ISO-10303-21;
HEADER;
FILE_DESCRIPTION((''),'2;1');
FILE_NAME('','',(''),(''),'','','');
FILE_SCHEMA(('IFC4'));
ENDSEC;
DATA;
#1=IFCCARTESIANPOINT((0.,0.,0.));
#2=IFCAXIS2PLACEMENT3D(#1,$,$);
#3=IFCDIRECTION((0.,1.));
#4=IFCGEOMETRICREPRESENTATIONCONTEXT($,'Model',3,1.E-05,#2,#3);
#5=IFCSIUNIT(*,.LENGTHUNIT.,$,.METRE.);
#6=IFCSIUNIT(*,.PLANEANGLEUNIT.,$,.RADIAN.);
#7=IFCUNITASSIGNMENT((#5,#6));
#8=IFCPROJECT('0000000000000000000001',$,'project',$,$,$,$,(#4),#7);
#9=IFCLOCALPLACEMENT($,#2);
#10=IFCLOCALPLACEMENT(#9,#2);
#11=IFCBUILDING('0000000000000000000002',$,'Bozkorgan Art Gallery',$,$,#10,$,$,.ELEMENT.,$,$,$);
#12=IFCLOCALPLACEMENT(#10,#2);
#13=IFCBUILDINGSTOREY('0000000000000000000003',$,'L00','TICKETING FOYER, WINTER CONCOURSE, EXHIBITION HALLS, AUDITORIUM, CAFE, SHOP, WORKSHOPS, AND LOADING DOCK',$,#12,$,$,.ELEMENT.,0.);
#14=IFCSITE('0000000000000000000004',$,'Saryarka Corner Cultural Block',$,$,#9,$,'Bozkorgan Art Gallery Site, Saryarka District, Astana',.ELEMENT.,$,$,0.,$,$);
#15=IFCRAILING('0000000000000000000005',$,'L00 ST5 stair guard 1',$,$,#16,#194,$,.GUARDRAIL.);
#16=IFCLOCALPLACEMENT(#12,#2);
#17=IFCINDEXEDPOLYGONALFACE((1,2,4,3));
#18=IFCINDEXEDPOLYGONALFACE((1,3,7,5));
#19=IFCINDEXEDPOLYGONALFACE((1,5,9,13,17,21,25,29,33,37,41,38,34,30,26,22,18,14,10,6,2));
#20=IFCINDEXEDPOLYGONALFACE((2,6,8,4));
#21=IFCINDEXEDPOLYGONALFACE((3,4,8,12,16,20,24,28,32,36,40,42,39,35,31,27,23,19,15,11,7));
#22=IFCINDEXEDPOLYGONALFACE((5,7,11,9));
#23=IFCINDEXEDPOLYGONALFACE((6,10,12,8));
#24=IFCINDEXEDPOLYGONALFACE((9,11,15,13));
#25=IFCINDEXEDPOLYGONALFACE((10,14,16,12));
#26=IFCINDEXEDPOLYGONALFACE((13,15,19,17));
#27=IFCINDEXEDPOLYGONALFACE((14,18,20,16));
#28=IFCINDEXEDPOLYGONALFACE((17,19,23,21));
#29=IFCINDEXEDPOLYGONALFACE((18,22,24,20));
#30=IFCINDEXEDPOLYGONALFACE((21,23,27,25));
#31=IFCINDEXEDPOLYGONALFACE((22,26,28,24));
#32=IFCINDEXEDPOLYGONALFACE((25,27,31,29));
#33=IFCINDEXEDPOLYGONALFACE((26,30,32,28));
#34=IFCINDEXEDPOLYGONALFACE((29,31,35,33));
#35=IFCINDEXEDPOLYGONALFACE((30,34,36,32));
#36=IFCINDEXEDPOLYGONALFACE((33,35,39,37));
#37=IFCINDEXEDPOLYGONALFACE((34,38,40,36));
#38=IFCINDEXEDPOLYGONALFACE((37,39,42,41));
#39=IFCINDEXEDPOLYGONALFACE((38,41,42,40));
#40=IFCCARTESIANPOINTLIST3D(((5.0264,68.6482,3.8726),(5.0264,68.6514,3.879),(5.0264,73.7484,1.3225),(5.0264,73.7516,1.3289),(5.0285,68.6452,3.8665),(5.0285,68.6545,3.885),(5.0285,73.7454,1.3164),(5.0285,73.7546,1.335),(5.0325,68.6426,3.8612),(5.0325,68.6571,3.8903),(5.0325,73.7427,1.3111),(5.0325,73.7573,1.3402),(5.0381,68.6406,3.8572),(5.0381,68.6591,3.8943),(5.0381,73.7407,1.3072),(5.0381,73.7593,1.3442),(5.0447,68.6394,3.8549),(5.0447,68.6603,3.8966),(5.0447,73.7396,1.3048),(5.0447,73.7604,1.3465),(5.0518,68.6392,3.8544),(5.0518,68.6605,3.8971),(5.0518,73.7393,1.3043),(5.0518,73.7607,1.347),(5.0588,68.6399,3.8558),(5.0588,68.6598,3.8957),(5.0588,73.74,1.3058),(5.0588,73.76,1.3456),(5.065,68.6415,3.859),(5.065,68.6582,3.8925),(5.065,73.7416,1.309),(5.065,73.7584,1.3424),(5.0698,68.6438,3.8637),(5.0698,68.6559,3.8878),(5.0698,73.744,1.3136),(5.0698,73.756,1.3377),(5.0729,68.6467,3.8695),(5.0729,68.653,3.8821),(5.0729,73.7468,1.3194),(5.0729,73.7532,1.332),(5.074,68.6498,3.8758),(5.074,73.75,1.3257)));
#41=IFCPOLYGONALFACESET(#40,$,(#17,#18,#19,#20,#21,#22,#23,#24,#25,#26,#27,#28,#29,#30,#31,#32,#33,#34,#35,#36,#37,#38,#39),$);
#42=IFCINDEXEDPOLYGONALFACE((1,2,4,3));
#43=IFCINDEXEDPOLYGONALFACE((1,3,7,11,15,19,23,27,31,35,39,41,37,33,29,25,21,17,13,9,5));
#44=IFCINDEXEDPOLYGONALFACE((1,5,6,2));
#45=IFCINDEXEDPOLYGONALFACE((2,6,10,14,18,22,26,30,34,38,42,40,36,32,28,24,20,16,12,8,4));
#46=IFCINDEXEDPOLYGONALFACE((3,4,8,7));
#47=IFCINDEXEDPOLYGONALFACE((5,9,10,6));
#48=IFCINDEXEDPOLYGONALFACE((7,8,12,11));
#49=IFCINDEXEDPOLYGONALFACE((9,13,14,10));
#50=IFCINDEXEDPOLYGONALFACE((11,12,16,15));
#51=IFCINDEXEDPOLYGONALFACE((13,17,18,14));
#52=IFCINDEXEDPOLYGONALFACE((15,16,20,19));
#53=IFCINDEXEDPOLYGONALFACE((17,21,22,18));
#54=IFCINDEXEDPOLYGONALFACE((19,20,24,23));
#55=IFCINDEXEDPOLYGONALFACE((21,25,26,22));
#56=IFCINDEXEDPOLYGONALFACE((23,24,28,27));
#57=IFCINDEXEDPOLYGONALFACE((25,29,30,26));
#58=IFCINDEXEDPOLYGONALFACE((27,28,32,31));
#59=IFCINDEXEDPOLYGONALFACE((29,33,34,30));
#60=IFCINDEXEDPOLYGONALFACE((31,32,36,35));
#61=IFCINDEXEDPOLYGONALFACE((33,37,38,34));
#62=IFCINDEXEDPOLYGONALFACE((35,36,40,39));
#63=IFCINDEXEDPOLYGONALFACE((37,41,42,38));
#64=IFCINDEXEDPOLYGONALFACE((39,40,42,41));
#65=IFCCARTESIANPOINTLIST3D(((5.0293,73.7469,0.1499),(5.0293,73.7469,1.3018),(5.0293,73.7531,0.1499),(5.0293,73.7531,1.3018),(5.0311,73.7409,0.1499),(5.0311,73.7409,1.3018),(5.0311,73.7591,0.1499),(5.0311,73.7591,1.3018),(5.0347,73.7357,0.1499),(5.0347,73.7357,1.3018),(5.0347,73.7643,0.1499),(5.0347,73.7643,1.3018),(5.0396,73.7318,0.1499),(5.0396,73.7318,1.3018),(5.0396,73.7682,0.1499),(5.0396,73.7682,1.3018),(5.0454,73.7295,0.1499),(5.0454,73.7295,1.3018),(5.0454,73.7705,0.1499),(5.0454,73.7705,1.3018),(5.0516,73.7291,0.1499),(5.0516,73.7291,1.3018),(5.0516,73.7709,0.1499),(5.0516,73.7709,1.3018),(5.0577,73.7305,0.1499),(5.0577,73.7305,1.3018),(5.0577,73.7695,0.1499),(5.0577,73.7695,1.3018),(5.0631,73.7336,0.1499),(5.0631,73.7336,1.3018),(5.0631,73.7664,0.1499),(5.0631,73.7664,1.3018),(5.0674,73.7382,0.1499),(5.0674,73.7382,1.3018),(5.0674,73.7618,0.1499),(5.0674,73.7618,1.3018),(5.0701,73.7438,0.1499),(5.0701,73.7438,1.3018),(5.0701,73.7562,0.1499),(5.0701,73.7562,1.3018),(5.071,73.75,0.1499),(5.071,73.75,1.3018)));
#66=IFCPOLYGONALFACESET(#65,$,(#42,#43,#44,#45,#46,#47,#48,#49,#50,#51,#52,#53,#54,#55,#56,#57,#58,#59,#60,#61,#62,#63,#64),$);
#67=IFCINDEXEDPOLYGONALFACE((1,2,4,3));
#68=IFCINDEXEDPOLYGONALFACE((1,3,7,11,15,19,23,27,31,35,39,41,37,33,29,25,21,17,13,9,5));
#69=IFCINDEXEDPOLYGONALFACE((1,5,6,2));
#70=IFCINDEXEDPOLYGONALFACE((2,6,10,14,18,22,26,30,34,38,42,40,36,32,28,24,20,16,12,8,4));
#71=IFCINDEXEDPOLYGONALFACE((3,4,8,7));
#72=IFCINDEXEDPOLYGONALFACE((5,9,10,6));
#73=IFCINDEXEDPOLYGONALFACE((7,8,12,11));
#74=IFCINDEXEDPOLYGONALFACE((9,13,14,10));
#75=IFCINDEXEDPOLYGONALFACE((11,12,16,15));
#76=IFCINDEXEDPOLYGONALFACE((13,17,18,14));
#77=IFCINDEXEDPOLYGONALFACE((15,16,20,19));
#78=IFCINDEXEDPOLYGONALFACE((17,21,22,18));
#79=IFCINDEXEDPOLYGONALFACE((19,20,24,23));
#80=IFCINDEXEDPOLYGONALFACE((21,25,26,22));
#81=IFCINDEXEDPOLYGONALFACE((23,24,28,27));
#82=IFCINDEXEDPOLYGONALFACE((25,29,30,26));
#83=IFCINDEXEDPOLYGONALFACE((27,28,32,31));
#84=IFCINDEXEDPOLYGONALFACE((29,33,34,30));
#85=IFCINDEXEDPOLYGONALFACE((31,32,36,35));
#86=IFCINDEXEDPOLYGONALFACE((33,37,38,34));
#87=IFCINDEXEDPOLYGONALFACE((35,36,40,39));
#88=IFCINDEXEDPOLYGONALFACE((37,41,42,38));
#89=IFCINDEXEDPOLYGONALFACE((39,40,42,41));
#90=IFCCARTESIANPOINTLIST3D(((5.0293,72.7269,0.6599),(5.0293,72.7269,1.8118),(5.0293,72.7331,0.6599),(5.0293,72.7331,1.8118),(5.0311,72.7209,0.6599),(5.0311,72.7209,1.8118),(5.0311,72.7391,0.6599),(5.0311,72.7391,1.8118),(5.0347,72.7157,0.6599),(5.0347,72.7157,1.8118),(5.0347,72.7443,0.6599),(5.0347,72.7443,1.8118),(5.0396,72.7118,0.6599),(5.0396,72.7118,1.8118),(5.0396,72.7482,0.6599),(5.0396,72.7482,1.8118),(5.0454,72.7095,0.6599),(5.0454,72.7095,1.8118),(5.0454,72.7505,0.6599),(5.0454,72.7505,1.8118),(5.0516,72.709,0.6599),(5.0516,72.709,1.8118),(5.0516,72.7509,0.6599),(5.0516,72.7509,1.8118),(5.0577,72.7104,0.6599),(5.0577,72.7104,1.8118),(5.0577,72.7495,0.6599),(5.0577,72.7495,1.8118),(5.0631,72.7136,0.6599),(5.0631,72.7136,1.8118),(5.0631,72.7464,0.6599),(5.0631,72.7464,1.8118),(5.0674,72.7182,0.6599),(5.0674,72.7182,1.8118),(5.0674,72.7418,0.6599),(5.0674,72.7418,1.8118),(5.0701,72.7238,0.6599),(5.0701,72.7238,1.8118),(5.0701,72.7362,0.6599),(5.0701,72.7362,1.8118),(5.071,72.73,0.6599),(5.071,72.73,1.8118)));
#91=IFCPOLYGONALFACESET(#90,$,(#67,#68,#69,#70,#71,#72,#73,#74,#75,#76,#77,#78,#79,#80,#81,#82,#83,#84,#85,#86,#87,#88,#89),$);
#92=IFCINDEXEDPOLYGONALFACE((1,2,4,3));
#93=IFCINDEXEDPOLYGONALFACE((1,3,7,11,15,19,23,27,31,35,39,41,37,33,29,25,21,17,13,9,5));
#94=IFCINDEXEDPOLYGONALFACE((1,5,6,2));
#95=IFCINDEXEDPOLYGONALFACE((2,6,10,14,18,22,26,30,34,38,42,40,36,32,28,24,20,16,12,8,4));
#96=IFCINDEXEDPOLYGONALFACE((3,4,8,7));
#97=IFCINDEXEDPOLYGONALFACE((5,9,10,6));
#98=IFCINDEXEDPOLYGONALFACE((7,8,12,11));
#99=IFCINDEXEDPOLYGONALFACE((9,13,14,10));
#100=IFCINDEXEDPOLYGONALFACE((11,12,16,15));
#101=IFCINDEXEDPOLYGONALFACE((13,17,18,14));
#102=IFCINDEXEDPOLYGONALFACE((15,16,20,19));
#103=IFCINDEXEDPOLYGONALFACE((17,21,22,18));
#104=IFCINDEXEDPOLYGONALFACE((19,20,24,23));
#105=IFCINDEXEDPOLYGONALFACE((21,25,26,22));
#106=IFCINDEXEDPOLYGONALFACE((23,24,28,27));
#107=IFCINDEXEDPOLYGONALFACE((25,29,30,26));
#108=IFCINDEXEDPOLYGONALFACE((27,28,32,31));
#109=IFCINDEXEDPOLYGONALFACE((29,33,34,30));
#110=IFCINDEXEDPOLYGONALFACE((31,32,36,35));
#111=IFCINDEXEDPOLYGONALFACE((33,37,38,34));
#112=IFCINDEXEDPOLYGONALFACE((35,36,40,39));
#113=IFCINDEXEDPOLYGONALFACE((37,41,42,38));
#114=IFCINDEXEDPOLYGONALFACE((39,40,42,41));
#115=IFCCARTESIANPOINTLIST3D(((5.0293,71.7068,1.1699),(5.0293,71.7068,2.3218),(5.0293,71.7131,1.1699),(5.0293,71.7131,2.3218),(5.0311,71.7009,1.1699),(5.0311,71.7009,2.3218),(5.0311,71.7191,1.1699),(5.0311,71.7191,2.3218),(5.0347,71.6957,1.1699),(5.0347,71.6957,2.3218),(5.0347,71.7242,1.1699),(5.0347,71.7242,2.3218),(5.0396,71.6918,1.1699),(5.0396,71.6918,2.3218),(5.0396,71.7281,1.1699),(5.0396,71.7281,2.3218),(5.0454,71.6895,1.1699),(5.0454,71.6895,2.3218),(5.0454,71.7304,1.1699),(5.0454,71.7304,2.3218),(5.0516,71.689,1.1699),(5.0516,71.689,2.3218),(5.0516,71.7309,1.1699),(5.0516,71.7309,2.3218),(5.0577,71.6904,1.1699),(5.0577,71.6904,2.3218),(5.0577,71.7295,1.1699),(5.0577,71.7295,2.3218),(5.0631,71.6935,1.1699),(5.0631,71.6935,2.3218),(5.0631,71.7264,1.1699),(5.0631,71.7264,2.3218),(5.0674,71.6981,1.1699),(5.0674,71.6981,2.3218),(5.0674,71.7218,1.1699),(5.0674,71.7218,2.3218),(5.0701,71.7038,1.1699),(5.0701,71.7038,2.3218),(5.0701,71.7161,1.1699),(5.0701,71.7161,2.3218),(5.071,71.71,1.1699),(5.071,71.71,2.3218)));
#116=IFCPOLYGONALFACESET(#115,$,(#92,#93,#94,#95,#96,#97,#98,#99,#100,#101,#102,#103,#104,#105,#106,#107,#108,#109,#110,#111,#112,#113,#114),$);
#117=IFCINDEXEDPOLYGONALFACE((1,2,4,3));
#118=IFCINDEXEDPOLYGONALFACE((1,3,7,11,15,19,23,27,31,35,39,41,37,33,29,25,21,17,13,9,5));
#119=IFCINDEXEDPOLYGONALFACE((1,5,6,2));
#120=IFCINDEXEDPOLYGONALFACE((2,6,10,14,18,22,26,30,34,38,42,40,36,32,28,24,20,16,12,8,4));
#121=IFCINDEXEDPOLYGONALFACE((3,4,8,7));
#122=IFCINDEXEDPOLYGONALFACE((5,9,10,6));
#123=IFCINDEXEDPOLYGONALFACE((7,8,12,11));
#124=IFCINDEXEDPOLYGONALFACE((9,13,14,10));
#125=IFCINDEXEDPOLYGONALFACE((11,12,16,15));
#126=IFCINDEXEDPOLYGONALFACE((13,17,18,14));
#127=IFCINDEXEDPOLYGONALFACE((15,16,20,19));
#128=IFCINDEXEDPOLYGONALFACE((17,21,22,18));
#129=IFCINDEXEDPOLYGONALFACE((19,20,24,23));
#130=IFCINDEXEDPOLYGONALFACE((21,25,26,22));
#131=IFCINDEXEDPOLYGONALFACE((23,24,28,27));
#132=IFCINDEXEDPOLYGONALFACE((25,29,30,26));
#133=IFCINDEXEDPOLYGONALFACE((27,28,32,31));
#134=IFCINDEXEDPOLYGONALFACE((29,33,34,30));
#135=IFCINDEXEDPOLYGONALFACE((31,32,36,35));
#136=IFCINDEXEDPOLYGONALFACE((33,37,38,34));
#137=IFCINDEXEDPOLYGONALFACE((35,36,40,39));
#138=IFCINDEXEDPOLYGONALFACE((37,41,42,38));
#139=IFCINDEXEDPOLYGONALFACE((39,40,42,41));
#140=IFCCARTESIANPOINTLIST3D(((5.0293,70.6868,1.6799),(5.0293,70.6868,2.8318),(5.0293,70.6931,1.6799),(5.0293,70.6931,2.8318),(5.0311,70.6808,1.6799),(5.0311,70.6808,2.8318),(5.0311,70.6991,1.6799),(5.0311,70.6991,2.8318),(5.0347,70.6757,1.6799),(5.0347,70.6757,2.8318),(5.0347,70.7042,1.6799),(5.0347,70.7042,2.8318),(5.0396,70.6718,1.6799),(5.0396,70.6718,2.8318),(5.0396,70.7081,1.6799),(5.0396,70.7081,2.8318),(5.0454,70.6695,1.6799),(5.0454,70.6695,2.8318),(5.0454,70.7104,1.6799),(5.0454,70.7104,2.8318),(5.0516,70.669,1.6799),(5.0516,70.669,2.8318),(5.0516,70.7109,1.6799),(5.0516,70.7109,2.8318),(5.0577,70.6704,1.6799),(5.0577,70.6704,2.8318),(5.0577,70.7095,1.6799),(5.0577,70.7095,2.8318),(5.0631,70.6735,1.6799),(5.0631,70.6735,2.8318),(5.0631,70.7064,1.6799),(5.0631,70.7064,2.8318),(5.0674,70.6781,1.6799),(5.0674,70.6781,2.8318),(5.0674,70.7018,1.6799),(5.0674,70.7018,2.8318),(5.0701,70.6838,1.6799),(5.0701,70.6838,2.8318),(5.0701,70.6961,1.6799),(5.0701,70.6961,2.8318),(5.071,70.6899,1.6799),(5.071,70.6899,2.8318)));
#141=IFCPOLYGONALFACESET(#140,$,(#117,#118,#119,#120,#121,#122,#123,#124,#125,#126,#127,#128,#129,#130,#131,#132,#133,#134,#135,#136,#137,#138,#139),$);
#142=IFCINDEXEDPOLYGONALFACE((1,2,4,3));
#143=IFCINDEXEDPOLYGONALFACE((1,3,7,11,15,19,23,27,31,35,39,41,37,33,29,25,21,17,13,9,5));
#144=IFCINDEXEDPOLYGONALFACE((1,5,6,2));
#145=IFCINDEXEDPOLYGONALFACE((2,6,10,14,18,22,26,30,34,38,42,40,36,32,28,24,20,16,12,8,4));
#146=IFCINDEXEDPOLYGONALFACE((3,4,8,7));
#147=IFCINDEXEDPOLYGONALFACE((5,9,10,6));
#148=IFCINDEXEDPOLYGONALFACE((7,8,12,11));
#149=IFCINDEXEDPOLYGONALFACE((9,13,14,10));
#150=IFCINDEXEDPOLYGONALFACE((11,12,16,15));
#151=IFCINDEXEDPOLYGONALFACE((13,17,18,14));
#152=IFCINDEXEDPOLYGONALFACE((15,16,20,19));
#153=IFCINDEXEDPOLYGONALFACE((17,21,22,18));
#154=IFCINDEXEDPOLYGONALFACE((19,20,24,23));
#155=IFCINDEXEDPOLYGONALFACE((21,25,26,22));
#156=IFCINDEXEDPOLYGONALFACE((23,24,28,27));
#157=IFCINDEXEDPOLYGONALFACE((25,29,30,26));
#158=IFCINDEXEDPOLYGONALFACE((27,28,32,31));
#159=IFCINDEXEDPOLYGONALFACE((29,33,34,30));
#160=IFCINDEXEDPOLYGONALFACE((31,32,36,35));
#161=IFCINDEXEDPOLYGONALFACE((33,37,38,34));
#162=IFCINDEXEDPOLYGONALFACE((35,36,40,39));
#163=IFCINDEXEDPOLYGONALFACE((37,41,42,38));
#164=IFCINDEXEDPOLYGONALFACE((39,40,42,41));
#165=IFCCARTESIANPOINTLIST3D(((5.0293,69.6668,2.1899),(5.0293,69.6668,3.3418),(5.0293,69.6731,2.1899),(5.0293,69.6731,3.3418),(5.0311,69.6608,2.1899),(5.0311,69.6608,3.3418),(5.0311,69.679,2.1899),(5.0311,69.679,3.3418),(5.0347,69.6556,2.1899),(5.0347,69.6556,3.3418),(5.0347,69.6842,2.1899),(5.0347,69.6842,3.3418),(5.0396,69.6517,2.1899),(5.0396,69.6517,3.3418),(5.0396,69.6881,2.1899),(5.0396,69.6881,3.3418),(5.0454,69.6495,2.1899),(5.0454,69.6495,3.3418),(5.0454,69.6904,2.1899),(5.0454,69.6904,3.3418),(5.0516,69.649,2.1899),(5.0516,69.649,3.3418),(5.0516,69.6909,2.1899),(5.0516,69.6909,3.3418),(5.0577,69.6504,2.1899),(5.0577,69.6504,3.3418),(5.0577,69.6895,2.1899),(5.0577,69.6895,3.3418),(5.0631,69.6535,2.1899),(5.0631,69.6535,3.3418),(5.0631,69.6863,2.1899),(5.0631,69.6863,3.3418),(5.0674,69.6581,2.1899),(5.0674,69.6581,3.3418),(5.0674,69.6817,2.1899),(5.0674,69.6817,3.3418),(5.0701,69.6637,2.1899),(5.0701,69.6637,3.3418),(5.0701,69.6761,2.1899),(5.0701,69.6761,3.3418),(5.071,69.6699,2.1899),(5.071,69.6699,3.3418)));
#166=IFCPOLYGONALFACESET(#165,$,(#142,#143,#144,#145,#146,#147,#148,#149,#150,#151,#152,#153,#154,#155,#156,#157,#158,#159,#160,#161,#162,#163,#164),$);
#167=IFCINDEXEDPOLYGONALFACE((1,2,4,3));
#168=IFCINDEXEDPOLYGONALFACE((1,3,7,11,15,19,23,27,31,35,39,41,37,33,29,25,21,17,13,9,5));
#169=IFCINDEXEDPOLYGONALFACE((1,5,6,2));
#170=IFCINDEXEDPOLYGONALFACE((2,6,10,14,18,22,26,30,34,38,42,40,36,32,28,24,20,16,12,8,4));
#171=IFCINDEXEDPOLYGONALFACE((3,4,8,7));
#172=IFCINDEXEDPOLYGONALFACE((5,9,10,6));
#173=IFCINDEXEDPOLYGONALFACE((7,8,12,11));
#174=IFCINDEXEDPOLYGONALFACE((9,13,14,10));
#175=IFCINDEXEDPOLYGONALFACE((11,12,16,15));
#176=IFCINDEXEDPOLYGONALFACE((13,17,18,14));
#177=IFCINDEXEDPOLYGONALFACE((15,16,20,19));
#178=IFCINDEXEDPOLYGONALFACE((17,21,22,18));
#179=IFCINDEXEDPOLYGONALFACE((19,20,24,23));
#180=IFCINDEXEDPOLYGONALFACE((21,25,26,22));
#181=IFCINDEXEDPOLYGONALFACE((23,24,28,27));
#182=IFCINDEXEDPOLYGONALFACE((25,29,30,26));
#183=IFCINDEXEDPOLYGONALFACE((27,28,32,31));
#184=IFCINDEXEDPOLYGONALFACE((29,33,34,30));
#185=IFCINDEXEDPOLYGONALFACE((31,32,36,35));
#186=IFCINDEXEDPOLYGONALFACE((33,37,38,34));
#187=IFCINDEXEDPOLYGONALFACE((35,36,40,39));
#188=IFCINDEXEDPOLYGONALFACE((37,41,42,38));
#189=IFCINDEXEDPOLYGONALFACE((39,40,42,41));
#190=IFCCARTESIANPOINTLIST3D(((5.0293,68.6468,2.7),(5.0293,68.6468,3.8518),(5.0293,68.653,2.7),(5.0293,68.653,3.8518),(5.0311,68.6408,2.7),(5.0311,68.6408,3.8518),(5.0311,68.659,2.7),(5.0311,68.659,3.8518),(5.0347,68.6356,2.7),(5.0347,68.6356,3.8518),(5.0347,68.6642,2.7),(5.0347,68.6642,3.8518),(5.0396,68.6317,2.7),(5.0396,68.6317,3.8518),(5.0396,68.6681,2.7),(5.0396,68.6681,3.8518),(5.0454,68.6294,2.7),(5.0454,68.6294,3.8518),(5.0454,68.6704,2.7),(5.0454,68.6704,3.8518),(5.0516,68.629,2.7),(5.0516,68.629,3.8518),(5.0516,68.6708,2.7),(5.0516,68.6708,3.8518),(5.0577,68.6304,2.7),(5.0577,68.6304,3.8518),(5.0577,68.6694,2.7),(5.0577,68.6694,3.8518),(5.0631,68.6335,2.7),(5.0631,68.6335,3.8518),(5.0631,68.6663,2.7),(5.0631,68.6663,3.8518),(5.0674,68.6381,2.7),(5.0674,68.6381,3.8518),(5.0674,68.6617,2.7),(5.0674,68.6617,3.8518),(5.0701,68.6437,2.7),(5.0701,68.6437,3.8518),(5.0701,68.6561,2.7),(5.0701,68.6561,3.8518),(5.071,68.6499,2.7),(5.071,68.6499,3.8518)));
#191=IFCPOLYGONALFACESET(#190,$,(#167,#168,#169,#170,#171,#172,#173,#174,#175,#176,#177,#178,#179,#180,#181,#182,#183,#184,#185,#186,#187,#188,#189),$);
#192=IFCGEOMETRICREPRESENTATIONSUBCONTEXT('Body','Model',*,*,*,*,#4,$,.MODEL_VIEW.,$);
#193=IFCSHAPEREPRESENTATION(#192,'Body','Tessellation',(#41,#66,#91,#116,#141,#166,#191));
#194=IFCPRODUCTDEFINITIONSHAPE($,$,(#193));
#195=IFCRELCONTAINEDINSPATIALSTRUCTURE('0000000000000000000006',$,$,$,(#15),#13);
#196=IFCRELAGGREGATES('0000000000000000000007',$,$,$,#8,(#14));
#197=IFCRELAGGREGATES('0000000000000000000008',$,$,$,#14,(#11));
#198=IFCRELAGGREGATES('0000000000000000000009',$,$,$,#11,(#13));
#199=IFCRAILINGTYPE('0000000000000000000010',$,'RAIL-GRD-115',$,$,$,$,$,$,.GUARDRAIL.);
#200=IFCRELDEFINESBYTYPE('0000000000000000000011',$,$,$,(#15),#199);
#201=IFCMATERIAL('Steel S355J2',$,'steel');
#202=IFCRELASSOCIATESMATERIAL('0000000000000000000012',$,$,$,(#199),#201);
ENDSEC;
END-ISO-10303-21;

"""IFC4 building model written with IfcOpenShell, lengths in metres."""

from ifc_helpers import new_model, si_unit, direction, frame, origin, origin_2d, place, context, subcontext, project, spatial, circle, extrude, material, type_object, element, save


model = new_model("IFC4")

# Units and contexts
model_context = context("Model", 3, precision=1e-05, world=origin(), true_north=direction((0.0, 1.0)))
body_context = subcontext(model_context, "Body", "Model", "MODEL_VIEW")
ifc_project = project(units=[si_unit("LENGTHUNIT", "METRE"), si_unit("PLANEANGLEUNIT", "RADIAN")], contexts=[model_context])

# Site, building, storey
site_placement = place(None, origin())
site = spatial("IfcSite", under=ifc_project, at=site_placement, Name="Saryarka Corner Cultural Block", LongName="Bozkorgan Art Gallery Site, Saryarka District, Astana", CompositionType="ELEMENT", RefElevation=0.0)
building_placement = place(site_placement, origin())
building = spatial("IfcBuilding", under=site, at=building_placement, Name="Bozkorgan Art Gallery", CompositionType="ELEMENT")
storey_placement = place(building_placement, origin())
storey = spatial("IfcBuildingStorey", under=building, at=storey_placement, Name="L00", Description="TICKETING FOYER, WINTER CONCOURSE, EXHIBITION HALLS, AUDITORIUM, CAFE, SHOP, WORKSHOPS, AND LOADING DOCK", CompositionType="ELEMENT", Elevation=0.0)

# Shared definitions
ifc_material_1 = material(Name="Steel S355J2", Category="steel")

# Railing
railing_type_1 = type_object("IfcRailingType", Name="RAIL-GRD-115", PredefinedType="GUARDRAIL", material=ifc_material_1)
railing_1_placement = place(storey_placement, frame((5.05, 73.75, 0.1499)))
element("IfcRailing", 1, at=railing_1_placement, inside=storey, type_object=railing_type_1, Name="L00 ST5 stair guard 1", PredefinedType="GUARDRAIL", context=body_context, shape_type="SweptSolid", body=[
    extrude(circle(Radius=0.0239, at=origin_2d()), frame((0.0, 0.0, 1.1758), z_axis=(0.0, -0.894427, 0.447214), x_axis=(1.0, 0.0, 0.0)), (0.0, 0.0, 1.0), 5.7021),
    extrude(circle(Radius=0.021, at=origin_2d()), origin(), (0.0, 0.0, 1.0), 1.1519),
    extrude(circle(Radius=0.021, at=origin_2d()), frame((0.0, -1.02, 0.51)), (0.0, 0.0, 1.0), 1.1519),
    extrude(circle(Radius=0.021, at=origin_2d()), frame((0.0, -2.04, 1.02)), (0.0, 0.0, 1.0), 1.1519),
    extrude(circle(Radius=0.021, at=origin_2d()), frame((0.0, -3.0601, 1.53)), (0.0, 0.0, 1.0), 1.1519),
    extrude(circle(Radius=0.021, at=origin_2d()), frame((0.0, -4.0801, 2.04)), (0.0, 0.0, 1.0), 1.1519),
    extrude(circle(Radius=0.021, at=origin_2d()), frame((0.0, -5.1001, 2.55)), (0.0, 0.0, 1.0), 1.1519),
])

save(model, "model.ifc")
